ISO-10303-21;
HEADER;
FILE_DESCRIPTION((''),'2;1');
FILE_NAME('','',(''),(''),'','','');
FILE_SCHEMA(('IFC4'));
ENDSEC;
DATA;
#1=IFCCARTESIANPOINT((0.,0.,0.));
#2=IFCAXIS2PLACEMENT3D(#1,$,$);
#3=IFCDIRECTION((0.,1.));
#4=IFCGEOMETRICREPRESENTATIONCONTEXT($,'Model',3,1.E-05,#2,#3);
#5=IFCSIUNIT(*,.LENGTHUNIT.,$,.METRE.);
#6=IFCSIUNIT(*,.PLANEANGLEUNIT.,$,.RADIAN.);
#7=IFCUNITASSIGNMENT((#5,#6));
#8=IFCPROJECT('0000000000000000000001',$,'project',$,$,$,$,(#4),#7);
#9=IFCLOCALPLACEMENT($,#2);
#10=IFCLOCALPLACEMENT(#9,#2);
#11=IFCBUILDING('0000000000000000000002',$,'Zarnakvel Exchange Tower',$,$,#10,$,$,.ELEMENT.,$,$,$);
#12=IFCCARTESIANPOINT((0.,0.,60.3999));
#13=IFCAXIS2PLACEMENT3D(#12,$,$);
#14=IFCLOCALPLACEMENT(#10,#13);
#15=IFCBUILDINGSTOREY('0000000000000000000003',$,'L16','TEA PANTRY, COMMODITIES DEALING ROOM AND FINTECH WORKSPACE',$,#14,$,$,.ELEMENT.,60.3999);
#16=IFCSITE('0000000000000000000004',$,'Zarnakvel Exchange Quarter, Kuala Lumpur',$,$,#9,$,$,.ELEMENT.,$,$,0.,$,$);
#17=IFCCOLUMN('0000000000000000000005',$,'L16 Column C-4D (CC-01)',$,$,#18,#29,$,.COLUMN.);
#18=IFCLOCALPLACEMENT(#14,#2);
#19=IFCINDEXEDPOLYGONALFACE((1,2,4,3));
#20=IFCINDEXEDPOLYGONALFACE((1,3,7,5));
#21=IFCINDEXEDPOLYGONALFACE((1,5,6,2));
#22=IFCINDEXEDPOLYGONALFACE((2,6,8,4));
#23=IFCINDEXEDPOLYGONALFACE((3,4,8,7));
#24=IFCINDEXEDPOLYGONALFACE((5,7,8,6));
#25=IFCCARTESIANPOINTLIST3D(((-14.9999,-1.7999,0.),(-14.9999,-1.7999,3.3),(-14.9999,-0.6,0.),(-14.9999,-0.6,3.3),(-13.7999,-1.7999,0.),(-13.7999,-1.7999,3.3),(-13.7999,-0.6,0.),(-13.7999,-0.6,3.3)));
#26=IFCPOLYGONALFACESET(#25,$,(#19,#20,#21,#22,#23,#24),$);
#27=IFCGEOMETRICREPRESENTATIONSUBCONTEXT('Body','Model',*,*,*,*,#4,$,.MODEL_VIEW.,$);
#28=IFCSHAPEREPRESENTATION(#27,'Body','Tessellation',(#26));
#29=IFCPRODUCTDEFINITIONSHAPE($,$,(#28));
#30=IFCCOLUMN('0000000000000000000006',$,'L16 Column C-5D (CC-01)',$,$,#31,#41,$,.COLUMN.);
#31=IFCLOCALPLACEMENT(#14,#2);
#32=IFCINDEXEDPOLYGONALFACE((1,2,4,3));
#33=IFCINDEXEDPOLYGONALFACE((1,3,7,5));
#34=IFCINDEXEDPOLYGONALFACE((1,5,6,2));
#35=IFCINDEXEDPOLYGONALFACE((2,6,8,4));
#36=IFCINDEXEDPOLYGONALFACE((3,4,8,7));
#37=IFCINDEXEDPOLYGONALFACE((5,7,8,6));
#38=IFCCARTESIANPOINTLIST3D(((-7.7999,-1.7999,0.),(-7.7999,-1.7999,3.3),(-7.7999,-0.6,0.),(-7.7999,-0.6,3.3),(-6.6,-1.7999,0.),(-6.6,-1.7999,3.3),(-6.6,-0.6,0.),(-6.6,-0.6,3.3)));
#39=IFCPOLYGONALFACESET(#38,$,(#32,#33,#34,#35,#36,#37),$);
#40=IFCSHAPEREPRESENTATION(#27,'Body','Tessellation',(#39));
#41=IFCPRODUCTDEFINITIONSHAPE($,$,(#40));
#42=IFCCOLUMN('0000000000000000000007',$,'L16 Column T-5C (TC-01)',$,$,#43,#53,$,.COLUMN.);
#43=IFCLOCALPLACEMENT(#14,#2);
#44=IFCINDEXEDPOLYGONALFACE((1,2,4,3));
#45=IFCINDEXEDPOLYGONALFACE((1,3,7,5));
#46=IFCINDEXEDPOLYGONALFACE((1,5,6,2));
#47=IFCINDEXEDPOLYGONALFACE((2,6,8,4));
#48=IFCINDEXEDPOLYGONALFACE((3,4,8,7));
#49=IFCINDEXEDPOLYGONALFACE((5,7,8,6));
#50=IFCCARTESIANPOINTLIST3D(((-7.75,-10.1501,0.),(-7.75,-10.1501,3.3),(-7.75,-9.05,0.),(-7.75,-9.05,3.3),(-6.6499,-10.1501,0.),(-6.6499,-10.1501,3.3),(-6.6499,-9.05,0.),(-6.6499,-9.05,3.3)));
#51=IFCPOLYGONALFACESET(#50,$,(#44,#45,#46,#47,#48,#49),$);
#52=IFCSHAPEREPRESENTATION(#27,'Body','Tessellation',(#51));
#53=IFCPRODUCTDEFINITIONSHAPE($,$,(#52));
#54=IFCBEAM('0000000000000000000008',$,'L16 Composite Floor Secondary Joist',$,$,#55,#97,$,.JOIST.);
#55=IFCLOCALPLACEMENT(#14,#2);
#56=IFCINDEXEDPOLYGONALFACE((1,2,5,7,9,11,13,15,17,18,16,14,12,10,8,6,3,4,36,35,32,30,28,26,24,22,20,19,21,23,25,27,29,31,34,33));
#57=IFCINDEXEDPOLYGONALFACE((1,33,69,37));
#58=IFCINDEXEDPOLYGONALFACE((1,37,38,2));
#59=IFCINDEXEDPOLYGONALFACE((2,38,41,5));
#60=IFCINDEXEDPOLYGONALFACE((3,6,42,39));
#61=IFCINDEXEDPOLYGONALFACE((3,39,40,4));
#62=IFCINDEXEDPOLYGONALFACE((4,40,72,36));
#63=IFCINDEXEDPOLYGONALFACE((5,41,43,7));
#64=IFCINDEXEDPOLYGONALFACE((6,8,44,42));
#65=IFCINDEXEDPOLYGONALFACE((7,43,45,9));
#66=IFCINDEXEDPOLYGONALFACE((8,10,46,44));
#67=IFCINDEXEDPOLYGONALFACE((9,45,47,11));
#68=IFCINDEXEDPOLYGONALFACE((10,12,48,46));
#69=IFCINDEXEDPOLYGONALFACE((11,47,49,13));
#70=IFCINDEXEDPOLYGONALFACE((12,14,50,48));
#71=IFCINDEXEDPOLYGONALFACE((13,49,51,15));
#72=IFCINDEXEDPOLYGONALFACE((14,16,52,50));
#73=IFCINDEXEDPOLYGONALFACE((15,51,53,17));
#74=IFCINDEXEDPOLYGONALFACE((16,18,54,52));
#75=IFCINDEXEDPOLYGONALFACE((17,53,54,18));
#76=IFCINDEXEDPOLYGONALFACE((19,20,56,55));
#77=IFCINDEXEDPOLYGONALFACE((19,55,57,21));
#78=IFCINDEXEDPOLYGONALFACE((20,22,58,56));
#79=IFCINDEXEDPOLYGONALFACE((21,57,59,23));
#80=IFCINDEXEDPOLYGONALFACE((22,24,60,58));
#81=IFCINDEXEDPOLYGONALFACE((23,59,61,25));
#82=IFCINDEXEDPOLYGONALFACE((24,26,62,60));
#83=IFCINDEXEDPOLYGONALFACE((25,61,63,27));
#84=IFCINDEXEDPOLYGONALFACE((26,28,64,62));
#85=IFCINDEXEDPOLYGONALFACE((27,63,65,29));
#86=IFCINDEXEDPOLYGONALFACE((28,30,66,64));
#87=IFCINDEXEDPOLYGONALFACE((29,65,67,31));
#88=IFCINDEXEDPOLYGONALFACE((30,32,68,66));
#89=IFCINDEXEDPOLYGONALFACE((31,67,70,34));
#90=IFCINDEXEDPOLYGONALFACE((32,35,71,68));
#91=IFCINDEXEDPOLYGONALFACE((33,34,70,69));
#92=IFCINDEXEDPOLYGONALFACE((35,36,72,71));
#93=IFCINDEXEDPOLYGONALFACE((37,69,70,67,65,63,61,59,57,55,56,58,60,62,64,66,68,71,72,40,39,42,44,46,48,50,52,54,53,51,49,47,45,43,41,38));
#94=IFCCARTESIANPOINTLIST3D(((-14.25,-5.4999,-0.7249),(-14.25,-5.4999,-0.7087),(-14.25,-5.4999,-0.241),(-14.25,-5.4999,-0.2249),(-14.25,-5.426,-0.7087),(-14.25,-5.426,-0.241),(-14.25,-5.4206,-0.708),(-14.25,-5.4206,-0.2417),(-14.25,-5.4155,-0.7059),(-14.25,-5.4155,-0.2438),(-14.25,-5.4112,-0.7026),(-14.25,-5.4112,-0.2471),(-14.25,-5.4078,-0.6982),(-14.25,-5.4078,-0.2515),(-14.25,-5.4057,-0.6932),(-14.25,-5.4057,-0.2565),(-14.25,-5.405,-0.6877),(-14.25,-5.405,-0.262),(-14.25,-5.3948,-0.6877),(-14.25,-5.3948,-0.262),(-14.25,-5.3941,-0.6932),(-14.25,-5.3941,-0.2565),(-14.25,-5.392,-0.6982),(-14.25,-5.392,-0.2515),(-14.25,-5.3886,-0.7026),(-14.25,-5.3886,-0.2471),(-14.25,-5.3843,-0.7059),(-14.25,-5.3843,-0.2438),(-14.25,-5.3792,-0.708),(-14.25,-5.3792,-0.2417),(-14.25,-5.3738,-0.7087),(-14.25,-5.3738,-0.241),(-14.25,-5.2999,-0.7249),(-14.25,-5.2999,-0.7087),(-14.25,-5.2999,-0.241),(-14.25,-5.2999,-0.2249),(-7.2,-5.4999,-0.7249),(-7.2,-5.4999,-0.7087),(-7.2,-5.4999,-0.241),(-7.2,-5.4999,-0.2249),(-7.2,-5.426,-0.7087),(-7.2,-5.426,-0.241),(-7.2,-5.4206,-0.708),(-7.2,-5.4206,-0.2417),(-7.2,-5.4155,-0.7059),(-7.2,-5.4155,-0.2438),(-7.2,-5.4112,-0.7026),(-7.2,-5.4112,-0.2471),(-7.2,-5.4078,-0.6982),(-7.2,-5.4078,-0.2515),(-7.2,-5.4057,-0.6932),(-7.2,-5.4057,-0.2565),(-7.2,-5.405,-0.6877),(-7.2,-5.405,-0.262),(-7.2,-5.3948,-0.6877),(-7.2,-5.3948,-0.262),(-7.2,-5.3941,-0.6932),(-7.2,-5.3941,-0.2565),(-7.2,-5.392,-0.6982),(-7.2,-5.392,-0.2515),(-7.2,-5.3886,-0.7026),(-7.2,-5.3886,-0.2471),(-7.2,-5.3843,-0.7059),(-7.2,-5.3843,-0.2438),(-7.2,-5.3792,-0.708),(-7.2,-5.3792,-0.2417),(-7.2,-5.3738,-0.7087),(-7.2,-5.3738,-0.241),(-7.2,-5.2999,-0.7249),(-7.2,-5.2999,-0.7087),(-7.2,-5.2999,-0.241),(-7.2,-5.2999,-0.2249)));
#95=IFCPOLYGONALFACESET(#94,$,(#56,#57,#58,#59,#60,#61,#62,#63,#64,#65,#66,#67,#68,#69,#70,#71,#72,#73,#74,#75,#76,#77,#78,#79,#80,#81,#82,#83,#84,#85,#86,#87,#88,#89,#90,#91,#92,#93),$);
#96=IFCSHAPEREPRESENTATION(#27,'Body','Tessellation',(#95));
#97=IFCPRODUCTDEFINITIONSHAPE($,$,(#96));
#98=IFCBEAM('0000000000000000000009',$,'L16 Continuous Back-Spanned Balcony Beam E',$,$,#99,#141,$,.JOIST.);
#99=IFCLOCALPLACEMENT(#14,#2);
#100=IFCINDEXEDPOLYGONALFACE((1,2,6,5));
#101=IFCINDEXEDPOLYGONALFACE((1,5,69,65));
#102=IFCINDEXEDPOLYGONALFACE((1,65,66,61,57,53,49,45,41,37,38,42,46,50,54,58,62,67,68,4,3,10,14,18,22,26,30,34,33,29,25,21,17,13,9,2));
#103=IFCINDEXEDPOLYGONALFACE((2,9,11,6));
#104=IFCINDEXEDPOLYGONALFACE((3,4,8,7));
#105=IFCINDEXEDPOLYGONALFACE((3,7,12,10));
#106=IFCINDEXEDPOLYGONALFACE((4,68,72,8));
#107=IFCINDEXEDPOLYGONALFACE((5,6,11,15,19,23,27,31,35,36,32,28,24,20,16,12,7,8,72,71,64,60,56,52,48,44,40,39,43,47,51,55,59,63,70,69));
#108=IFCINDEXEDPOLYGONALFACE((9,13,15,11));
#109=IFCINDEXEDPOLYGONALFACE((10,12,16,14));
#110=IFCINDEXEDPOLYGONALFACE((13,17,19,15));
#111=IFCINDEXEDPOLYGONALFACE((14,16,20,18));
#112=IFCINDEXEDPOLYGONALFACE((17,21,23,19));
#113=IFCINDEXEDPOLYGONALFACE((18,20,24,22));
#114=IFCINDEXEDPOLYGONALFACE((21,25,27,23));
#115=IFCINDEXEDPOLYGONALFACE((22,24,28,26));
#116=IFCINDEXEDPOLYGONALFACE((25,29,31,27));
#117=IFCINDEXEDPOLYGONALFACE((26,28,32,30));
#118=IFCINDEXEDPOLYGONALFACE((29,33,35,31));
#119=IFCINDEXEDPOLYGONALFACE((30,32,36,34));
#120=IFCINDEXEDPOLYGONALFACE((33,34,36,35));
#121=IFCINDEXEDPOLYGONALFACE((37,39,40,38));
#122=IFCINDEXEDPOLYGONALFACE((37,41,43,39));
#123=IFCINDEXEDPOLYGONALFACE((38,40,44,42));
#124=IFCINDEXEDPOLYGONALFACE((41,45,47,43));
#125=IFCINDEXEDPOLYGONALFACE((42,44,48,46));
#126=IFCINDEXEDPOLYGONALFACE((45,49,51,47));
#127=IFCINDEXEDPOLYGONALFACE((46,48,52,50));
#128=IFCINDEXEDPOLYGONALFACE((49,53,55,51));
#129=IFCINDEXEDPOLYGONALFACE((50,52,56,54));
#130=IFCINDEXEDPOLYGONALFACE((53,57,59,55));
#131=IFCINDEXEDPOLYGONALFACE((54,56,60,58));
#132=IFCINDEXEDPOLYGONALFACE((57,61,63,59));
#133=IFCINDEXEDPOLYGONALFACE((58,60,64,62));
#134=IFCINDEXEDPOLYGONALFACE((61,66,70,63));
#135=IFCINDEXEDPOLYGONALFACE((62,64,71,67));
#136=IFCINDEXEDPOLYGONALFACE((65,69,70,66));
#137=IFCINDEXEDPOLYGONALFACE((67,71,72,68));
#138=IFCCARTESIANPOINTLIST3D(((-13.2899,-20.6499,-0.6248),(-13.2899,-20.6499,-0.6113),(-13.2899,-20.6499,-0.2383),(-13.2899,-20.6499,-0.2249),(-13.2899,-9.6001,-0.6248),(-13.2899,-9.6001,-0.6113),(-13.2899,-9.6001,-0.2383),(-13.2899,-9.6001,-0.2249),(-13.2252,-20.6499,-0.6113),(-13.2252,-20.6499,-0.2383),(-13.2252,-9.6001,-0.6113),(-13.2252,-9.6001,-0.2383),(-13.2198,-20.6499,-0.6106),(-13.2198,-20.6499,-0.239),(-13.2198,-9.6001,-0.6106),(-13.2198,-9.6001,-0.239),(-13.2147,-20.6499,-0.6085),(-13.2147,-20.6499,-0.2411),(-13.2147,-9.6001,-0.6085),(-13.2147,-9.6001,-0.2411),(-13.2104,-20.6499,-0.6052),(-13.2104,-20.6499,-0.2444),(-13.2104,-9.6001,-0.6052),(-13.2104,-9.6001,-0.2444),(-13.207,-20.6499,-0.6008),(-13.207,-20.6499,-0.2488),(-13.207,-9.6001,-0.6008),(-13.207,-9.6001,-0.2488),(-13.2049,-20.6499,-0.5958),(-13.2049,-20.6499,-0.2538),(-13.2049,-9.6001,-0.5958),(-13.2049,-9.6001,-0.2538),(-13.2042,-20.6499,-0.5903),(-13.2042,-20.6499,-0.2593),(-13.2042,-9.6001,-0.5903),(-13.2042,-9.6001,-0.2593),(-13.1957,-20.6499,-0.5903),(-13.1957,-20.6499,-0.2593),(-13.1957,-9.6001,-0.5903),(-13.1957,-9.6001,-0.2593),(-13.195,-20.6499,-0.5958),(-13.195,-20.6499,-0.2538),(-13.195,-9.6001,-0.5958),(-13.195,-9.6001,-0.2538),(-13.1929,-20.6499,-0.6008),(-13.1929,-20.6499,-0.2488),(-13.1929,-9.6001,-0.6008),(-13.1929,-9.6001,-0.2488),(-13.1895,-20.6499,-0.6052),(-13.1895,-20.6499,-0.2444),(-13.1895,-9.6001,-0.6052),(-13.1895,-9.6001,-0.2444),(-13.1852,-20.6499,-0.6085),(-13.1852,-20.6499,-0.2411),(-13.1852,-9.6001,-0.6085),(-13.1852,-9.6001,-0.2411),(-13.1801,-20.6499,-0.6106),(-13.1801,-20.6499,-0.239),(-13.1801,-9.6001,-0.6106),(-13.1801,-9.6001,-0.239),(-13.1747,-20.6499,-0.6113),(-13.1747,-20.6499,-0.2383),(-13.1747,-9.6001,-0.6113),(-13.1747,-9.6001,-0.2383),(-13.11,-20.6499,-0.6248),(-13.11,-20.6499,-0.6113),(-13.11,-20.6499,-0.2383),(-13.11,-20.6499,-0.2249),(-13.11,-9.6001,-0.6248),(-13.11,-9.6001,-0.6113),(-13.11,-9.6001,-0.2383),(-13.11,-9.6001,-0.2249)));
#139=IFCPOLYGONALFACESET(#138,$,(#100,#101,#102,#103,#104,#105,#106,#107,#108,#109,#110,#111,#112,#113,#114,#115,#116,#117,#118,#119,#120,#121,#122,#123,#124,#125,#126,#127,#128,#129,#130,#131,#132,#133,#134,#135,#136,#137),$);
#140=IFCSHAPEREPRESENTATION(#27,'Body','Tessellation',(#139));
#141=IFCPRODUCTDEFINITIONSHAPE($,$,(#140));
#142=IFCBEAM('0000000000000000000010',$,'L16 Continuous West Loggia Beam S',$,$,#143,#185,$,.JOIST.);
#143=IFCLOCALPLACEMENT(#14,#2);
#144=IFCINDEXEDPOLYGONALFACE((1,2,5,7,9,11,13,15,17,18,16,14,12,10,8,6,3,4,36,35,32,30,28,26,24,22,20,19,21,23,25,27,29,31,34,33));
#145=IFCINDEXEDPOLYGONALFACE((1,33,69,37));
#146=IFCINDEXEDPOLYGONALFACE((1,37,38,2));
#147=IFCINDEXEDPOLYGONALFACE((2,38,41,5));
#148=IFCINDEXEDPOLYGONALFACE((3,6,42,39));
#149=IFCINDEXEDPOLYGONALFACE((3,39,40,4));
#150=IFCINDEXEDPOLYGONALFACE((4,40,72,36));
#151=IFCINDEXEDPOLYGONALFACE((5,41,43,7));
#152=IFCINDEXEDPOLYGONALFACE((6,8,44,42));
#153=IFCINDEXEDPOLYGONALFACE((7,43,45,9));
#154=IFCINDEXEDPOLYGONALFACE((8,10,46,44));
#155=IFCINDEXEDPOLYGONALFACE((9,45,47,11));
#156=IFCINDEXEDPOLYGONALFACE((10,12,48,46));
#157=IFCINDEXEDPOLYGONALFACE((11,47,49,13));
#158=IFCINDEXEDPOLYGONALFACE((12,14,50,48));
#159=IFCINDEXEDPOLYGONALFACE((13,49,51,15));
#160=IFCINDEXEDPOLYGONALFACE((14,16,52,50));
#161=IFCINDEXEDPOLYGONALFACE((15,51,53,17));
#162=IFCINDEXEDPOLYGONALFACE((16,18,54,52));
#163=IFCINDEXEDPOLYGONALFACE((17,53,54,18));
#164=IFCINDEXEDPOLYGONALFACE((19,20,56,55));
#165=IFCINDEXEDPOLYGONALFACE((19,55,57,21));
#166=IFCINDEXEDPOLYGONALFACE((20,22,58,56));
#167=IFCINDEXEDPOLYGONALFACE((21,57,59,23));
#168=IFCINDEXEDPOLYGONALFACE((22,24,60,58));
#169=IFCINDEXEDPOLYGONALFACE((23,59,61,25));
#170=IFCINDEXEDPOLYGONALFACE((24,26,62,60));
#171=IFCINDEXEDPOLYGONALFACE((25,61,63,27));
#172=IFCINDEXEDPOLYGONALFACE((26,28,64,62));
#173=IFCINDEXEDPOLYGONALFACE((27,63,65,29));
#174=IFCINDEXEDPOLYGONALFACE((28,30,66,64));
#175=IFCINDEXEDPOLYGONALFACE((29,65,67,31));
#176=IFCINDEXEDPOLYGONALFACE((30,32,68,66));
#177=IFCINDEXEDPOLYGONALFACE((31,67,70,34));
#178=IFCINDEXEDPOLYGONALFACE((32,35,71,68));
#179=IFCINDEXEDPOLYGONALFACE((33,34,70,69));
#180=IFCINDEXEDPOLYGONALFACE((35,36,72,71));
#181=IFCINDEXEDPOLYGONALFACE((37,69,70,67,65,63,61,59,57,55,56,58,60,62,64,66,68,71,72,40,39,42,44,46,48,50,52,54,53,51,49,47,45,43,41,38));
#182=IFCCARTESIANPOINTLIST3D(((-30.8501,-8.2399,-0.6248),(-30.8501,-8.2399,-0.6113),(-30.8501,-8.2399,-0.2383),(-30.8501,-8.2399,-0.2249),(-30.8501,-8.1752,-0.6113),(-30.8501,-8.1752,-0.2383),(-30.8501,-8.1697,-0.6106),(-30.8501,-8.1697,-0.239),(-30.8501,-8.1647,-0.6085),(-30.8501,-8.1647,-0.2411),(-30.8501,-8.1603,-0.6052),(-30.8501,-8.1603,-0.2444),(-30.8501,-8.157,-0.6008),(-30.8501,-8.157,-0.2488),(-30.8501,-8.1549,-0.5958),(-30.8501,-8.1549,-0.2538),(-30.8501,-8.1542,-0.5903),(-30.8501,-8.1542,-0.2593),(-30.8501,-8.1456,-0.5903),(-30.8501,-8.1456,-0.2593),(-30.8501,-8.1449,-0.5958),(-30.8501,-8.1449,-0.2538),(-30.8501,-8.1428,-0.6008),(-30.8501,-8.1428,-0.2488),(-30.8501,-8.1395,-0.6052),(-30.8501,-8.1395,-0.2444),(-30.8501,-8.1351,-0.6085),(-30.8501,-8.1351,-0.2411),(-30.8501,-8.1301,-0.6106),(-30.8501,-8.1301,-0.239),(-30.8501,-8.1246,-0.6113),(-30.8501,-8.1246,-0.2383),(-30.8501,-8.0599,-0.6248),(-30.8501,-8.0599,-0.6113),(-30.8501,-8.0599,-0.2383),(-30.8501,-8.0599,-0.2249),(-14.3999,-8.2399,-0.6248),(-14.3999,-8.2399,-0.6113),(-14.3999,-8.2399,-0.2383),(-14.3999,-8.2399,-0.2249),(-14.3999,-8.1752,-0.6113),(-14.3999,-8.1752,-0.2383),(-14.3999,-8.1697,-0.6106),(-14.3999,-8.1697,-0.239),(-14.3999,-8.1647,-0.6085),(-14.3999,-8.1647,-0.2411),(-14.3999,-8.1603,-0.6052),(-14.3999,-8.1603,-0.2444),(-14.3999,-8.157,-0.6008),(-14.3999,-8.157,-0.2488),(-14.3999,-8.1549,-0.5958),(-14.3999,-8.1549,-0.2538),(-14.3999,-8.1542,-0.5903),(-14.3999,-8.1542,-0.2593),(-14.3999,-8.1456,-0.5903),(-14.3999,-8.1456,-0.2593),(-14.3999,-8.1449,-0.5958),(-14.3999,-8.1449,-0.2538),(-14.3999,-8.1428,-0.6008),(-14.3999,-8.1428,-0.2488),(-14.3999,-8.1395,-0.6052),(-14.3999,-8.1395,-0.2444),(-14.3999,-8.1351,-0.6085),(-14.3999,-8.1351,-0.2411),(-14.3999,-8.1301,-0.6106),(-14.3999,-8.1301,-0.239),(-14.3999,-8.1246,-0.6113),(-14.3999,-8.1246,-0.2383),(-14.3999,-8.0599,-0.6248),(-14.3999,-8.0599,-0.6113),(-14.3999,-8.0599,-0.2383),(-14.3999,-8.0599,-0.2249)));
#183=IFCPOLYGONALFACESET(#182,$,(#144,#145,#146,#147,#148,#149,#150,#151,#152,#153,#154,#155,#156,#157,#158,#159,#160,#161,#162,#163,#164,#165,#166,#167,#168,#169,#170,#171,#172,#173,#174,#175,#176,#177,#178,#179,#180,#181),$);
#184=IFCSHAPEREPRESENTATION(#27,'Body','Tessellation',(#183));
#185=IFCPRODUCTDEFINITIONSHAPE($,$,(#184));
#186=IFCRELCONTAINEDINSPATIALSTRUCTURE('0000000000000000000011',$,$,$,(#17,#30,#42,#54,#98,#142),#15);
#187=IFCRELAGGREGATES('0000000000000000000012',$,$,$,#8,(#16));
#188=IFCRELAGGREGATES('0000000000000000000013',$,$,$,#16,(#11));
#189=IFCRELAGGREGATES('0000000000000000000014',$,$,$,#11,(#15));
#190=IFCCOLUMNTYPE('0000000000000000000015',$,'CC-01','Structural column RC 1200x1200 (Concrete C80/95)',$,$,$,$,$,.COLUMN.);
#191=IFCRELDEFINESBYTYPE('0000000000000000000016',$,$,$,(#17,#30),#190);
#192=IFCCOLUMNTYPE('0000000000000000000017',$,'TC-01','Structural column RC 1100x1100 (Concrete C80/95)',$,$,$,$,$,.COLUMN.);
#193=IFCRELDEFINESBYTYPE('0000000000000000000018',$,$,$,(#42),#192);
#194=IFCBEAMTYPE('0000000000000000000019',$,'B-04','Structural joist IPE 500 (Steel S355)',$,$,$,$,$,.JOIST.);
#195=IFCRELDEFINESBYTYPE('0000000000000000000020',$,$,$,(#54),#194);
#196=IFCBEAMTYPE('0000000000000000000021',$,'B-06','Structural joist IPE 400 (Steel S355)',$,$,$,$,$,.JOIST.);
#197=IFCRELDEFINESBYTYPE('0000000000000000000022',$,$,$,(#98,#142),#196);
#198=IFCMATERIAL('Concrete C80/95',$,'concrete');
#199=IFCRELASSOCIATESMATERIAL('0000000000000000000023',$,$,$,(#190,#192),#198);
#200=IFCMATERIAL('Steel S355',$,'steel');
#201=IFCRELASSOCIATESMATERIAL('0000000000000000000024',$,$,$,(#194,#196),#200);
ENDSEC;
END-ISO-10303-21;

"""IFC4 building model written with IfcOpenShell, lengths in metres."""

from ifc_helpers import new_model, si_unit, direction, frame, origin, origin_2d, place, context, subcontext, project, spatial, rectangle, i_section, extrude, material, material_profile, profile_set, type_object, element, save


model = new_model("IFC4")

# Units and contexts
model_context = context("Model", 3, precision=1e-05, world=origin(), true_north=direction((0.0, 1.0)))
body_context = subcontext(model_context, "Body", "Model", "MODEL_VIEW")
ifc_project = project(units=[si_unit("LENGTHUNIT", "METRE"), si_unit("PLANEANGLEUNIT", "RADIAN")], contexts=[model_context])

# Site, building, storey
site_placement = place(None, origin())
site = spatial("IfcSite", under=ifc_project, at=site_placement, Name="Zarnakvel Exchange Quarter, Kuala Lumpur", CompositionType="ELEMENT", RefElevation=0.0)
building_placement = place(site_placement, origin())
building = spatial("IfcBuilding", under=site, at=building_placement, Name="Zarnakvel Exchange Tower", CompositionType="ELEMENT")
storey_placement = place(building_placement, frame((0.0, 0.0, 60.3999)))
storey = spatial("IfcBuildingStorey", under=building, at=storey_placement, Name="L16", Description="TEA PANTRY, COMMODITIES DEALING ROOM AND FINTECH WORKSPACE", CompositionType="ELEMENT", Elevation=60.3999)

# Columns
ifc_material_1 = material(Name="Concrete C80/95", Category="concrete")
ifc_material_profile_1 = material_profile(ifc_material_1, rectangle(XDim=1.2, YDim=1.2, at=origin_2d()))
ifc_profile_set_1 = profile_set([ifc_material_profile_1], Name="Concrete C80/95")
column_type_1 = type_object("IfcColumnType", Name="CC-01", Description="Structural column RC 1200x1200 (Concrete C80/95)", PredefinedType="COLUMN", material=ifc_profile_set_1)
for number, where, z_axis, x_axis, name in (
    (1, (-14.3999, -1.2, 0.0), (0.0, 0.0, 1.0), (1.0, 0.0, 0.0), "L16 Column C-4D (CC-01)"),
    (2, (-7.2, -1.2, 0.0), (0.0, 0.0, 1.0), (1.0, 0.0, 0.0), "L16 Column C-5D (CC-01)"),
):
    element("IfcColumn", number, at=place(storey_placement, frame(where, z_axis=z_axis, x_axis=x_axis)), inside=storey, type_object=column_type_1, Name=name, PredefinedType="COLUMN", context=body_context, shape_type="SweptSolid", body=[
        extrude(rectangle(XDim=1.2, YDim=1.2, at=origin_2d()), origin(), (0.0, 0.0, 1.0), 3.3),
    ])
ifc_material_profile_2 = material_profile(ifc_material_1, rectangle(XDim=1.1001, YDim=1.1001, at=origin_2d()))
ifc_profile_set_2 = profile_set([ifc_material_profile_2], Name="Concrete C80/95")
column_type_2 = type_object("IfcColumnType", Name="TC-01", Description="Structural column RC 1100x1100 (Concrete C80/95)", PredefinedType="COLUMN", material=ifc_profile_set_2)
column_placement = place(storey_placement, frame((-7.2, -9.6001, 0.0), z_axis=(0.0, 0.0, 1.0), x_axis=(1.0, 0.0, 0.0)))
element("IfcColumn", 3, at=column_placement, inside=storey, type_object=column_type_2, Name="L16 Column T-5C (TC-01)", PredefinedType="COLUMN", context=body_context, shape_type="SweptSolid", body=[
    extrude(rectangle(XDim=1.1001, YDim=1.1001, at=origin_2d()), origin(), (0.0, 0.0, 1.0), 3.3),
])

# Beams
ifc_material_2 = material(Name="Steel S355", Category="steel")
ifc_material_profile_3 = material_profile(ifc_material_2, i_section(OverallWidth=0.2, OverallDepth=0.5, WebThickness=0.0103, FlangeThickness=0.0161, FilletRadius=0.021, at=origin_2d()))
ifc_profile_set_3 = profile_set([ifc_material_profile_3], Name="Steel S355")
beam_type_1 = type_object("IfcBeamType", Name="B-04", Description="Structural joist IPE 500 (Steel S355)", PredefinedType="JOIST", material=ifc_profile_set_3)
beam_1_placement = place(storey_placement, frame((-14.25, -5.3999, -0.4749), z_axis=(1.0, 0.0, 0.0), x_axis=(0.0, 1.0, 0.0)))
element("IfcBeam", 4, at=beam_1_placement, inside=storey, type_object=beam_type_1, Name="L16 Composite Floor Secondary Joist", PredefinedType="JOIST", context=body_context, shape_type="SweptSolid", body=[
    extrude(i_section(OverallWidth=0.2, OverallDepth=0.5, WebThickness=0.0103, FlangeThickness=0.0161, FilletRadius=0.021, at=origin_2d()), origin(), (0.0, 0.0, 1.0), 7.05),
])
ifc_material_profile_4 = material_profile(ifc_material_2, i_section(OverallWidth=0.1799, OverallDepth=0.3999, WebThickness=0.0085, FlangeThickness=0.0134, FilletRadius=0.021, at=origin_2d()))
ifc_profile_set_4 = profile_set([ifc_material_profile_4], Name="Steel S355")
beam_type_2 = type_object("IfcBeamType", Name="B-06", Description="Structural joist IPE 400 (Steel S355)", PredefinedType="JOIST", material=ifc_profile_set_4)
beam_2_placement = place(storey_placement, frame((-13.2, -9.6001, -0.4248), z_axis=(0.0, -1.0, 0.0), x_axis=(1.0, 0.0, 0.0)))
element("IfcBeam", 5, at=beam_2_placement, inside=storey, type_object=beam_type_2, Name="L16 Continuous Back-Spanned Balcony Beam E", PredefinedType="JOIST", context=body_context, shape_type="SweptSolid", body=[
    extrude(i_section(OverallWidth=0.1799, OverallDepth=0.3999, WebThickness=0.0085, FlangeThickness=0.0134, FilletRadius=0.021, at=origin_2d()), origin(), (0.0, 0.0, 1.0), 11.0498),
])
for number, where, z_axis, x_axis, name in (
    (6, (-14.3999, -8.1499, -0.4248), (-1.0, 0.0, 0.0), (0.0, -1.0, 0.0), "L16 Continuous West Loggia Beam S"),
):
    element("IfcBeam", number, at=place(storey_placement, frame(where, z_axis=z_axis, x_axis=x_axis)), inside=storey, type_object=beam_type_2, Name=name, PredefinedType="JOIST", context=body_context, shape_type="SweptSolid", body=[
        extrude(i_section(OverallWidth=0.1799, OverallDepth=0.3999, WebThickness=0.0085, FlangeThickness=0.0134, FilletRadius=0.021, at=origin_2d()), origin(), (0.0, 0.0, 1.0), 16.4502),
    ])

save(model, "model.ifc")
